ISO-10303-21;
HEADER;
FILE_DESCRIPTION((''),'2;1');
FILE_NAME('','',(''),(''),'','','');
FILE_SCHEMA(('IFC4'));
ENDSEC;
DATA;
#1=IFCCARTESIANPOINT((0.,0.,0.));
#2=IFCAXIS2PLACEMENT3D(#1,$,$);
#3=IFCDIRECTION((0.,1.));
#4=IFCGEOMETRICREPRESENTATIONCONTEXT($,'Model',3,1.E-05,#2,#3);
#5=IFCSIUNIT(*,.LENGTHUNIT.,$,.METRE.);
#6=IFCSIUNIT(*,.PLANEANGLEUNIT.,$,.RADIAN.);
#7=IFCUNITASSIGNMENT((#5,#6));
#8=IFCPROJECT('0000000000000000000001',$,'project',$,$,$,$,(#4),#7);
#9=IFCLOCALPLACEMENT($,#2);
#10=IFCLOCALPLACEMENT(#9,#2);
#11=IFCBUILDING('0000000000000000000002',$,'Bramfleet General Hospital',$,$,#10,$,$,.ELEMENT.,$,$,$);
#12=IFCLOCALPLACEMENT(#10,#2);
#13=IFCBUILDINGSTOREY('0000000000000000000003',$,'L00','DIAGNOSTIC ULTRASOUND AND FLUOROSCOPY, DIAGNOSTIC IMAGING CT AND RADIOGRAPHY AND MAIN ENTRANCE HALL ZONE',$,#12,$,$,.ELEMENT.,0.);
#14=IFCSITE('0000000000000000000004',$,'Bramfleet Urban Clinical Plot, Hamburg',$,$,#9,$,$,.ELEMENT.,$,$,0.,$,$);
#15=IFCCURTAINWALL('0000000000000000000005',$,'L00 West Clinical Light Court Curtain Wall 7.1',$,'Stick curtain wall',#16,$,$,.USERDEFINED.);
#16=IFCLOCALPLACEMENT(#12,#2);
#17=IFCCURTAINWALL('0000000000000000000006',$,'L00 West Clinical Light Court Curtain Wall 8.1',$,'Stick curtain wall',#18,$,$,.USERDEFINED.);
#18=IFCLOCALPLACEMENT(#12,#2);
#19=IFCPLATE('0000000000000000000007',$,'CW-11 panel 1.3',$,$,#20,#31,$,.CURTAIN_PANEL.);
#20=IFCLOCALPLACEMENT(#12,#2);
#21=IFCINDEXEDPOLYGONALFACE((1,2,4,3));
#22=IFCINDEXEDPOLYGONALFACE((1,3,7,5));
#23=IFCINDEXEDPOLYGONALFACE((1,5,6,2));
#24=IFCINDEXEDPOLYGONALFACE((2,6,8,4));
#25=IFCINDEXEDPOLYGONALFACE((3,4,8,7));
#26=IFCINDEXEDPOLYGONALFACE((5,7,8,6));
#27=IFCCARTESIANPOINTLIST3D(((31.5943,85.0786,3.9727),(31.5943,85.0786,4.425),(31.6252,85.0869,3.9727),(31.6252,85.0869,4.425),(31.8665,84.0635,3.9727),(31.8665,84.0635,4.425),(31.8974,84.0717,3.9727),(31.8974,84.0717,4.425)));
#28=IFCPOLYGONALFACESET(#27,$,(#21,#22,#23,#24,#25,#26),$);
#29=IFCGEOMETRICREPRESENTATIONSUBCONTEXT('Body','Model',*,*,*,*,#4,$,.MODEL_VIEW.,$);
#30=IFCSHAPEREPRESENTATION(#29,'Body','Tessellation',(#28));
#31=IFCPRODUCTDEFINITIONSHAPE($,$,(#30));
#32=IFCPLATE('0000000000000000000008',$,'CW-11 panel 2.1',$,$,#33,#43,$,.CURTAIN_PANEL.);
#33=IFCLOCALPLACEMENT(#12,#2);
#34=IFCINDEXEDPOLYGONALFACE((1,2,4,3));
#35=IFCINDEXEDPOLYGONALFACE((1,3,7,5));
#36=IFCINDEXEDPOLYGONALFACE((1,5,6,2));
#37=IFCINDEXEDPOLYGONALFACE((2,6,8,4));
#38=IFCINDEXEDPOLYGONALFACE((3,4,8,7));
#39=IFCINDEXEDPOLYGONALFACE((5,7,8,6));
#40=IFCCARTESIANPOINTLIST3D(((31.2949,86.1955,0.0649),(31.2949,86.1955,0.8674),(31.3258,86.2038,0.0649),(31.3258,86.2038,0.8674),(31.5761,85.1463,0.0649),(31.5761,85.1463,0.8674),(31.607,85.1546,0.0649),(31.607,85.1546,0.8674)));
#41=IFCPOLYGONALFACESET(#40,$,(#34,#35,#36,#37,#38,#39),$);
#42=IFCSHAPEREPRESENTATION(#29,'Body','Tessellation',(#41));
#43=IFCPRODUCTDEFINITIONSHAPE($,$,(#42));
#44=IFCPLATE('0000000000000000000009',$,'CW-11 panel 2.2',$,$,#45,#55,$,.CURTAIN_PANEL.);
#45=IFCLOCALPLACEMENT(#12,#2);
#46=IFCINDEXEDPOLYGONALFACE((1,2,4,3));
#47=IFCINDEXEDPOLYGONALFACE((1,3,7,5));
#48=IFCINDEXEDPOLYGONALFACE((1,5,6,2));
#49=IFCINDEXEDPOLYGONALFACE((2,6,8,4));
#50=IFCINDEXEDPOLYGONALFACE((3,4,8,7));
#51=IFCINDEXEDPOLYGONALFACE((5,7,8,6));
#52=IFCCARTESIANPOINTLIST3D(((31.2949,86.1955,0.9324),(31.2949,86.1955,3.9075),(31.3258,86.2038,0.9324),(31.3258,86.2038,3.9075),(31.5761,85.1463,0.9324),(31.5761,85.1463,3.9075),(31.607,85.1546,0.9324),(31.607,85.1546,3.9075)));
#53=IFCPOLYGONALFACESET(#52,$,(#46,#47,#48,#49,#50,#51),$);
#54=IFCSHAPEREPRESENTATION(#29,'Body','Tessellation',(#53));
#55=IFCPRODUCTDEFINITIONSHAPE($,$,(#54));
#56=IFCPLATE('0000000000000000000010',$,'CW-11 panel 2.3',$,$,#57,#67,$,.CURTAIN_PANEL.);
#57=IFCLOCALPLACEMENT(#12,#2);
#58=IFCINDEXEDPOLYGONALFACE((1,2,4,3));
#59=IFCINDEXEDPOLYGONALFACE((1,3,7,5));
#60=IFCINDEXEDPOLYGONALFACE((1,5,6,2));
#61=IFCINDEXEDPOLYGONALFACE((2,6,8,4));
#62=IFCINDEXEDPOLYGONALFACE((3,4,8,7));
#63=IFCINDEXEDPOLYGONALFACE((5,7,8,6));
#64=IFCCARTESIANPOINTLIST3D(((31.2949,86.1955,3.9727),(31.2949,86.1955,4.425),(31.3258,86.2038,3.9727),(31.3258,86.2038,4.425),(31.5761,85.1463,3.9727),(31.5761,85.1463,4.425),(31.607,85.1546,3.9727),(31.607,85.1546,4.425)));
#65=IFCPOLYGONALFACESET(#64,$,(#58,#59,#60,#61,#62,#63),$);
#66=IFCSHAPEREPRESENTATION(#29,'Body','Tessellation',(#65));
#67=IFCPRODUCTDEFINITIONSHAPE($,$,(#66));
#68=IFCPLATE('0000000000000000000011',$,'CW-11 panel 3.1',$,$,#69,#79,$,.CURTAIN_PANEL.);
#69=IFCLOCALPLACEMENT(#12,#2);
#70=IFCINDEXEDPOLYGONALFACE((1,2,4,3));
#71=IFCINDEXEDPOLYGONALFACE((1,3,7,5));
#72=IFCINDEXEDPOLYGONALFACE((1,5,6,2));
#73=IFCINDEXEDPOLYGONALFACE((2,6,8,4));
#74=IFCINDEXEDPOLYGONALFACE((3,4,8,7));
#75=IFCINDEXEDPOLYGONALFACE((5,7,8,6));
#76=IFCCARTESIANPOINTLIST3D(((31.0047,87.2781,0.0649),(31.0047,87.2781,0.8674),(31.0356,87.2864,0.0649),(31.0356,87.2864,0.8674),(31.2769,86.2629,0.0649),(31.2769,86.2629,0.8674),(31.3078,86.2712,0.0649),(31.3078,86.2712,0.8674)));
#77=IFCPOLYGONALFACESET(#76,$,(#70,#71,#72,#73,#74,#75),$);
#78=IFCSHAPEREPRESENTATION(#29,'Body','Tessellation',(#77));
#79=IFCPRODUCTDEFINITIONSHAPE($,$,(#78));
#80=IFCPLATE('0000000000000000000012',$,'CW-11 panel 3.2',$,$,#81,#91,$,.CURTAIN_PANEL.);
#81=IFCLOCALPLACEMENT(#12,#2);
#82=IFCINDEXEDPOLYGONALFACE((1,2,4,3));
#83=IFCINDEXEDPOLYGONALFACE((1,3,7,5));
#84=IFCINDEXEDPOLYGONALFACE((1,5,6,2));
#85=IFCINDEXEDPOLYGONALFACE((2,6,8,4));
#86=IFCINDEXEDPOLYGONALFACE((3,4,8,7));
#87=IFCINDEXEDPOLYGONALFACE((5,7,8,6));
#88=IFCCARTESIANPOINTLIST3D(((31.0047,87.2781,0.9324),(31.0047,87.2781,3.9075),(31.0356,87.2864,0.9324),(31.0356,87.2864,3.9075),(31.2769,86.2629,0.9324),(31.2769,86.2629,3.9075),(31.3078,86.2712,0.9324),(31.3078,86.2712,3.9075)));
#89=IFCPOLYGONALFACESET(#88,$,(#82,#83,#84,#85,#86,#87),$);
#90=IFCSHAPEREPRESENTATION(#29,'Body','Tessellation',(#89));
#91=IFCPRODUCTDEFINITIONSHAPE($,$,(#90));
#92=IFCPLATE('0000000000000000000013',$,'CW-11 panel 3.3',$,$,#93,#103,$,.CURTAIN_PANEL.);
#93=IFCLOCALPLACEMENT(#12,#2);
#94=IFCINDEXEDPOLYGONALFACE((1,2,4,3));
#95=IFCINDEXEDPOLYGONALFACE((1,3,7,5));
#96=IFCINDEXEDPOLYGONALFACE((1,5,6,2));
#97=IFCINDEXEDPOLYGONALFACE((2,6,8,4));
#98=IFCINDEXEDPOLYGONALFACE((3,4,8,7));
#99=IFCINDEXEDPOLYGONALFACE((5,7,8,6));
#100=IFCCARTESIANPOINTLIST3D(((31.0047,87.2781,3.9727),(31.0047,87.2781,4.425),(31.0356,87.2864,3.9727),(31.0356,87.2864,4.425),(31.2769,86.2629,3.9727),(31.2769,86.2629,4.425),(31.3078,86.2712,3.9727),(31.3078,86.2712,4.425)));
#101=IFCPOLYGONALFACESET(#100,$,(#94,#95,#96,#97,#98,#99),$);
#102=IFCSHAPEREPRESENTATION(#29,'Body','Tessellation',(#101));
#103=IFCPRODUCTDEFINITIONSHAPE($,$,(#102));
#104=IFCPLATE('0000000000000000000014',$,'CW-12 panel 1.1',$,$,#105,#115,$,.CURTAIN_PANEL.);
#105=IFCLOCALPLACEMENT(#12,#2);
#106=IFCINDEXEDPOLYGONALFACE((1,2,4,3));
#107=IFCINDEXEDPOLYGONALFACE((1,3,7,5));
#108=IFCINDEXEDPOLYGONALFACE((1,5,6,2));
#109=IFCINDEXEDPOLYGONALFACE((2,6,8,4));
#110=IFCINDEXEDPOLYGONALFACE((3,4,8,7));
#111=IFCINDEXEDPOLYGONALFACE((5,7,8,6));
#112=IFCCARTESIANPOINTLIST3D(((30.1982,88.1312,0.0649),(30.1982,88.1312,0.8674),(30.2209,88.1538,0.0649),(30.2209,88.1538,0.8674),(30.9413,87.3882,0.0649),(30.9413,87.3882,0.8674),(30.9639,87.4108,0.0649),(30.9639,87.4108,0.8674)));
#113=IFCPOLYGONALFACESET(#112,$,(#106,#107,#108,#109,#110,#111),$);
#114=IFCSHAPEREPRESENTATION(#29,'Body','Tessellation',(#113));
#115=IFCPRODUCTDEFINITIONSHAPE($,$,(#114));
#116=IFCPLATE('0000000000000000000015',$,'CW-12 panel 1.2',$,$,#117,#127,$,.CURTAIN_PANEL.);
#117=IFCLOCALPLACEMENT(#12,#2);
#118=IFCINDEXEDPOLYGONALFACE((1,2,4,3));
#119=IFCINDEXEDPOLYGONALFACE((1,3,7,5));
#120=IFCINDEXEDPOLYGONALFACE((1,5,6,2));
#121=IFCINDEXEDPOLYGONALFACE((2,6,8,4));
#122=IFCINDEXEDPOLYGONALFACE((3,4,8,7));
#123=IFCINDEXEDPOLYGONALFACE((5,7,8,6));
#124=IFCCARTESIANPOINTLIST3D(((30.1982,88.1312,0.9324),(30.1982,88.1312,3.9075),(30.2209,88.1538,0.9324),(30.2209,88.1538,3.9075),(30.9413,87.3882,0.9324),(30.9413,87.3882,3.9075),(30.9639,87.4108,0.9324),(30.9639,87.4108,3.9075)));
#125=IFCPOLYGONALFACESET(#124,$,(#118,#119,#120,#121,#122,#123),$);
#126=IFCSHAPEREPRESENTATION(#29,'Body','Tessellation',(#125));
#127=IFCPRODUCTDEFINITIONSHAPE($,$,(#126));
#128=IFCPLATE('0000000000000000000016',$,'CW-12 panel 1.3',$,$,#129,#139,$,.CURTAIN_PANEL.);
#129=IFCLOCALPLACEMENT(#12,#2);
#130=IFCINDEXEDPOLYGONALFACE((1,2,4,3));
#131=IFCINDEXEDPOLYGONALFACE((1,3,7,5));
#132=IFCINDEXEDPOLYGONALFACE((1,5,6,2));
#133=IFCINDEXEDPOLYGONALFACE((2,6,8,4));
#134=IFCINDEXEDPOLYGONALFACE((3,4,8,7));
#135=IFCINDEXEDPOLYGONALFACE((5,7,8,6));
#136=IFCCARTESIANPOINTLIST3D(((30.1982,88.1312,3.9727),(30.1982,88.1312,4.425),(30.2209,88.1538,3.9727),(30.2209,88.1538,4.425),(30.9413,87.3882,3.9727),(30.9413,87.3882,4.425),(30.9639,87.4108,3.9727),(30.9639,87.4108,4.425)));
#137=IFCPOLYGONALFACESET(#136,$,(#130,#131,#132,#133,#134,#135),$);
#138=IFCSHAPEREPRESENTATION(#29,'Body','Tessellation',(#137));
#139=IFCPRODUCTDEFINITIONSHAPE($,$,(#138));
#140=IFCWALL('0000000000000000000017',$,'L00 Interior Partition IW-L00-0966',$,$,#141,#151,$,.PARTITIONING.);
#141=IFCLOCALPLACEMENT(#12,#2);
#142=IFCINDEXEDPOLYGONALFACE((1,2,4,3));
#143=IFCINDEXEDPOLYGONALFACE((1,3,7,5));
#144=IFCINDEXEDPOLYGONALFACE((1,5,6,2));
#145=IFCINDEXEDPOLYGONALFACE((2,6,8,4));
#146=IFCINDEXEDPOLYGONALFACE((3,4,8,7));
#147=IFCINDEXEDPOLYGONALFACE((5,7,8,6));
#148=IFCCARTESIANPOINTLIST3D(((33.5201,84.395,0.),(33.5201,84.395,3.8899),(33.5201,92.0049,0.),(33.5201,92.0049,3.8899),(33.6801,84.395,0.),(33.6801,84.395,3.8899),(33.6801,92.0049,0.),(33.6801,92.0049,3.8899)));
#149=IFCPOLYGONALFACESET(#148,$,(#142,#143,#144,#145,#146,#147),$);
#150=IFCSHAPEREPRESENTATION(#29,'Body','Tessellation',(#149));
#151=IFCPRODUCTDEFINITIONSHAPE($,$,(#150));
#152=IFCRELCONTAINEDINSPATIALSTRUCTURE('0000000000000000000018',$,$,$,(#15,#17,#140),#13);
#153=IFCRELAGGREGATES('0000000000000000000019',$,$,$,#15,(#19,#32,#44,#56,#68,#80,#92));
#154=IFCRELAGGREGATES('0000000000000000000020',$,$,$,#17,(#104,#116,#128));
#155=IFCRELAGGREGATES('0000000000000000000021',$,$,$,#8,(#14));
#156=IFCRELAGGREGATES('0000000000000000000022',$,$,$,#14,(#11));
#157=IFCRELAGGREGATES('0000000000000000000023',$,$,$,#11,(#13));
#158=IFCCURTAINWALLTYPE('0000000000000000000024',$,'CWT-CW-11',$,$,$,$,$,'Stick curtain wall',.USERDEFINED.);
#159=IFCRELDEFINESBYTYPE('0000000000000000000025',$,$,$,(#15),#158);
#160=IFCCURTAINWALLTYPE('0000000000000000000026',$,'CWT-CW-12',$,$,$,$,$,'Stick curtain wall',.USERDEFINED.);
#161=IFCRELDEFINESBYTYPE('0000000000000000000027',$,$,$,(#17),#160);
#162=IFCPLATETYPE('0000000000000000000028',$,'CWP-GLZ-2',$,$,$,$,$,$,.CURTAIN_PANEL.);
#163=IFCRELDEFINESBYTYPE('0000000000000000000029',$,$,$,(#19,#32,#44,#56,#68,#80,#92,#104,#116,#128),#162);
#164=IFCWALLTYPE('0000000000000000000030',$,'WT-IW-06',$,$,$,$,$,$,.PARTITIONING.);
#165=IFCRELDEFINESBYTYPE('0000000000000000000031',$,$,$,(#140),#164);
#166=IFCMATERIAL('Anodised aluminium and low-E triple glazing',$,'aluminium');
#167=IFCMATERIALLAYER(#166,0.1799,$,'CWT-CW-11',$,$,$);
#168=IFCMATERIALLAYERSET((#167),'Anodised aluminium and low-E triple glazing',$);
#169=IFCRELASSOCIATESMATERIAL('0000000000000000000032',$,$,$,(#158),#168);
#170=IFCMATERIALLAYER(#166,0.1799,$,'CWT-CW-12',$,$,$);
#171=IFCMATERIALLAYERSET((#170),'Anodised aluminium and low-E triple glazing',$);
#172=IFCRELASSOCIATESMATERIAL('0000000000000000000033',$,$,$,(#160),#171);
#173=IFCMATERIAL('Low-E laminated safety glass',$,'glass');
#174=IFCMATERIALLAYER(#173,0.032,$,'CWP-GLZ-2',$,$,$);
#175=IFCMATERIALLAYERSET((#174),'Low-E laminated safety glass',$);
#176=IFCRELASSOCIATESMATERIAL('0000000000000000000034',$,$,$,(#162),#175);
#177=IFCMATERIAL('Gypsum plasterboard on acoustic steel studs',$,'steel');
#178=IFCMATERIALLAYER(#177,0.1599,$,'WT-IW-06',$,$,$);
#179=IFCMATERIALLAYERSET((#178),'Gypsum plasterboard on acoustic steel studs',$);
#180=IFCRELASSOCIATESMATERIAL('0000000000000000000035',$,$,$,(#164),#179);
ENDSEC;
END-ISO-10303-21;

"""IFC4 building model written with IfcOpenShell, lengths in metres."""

from ifc_helpers import new_model, si_unit, direction, frame, frame_2d, origin, origin_2d, place, context, subcontext, project, spatial, rectangle, extrude, material, layer, layer_set, type_object, element, aggregate, save


model = new_model("IFC4")

# Units and contexts
model_context = context("Model", 3, precision=1e-05, world=origin(), true_north=direction((0.0, 1.0)))
body_context = subcontext(model_context, "Body", "Model", "MODEL_VIEW")
ifc_project = project(units=[si_unit("LENGTHUNIT", "METRE"), si_unit("PLANEANGLEUNIT", "RADIAN")], contexts=[model_context])

# Site, building, storey
site_placement = place(None, origin())
site = spatial("IfcSite", under=ifc_project, at=site_placement, Name="Bramfleet Urban Clinical Plot, Hamburg", CompositionType="ELEMENT", RefElevation=0.0)
building_placement = place(site_placement, origin())
building = spatial("IfcBuilding", under=site, at=building_placement, Name="Bramfleet General Hospital", CompositionType="ELEMENT")
storey_placement = place(building_placement, origin())
storey = spatial("IfcBuildingStorey", under=building, at=storey_placement, Name="L00", Description="DIAGNOSTIC ULTRASOUND AND FLUOROSCOPY, DIAGNOSTIC IMAGING CT AND RADIOGRAPHY AND MAIN ENTRANCE HALL ZONE", CompositionType="ELEMENT", Elevation=0.0)

# Curtain wall
ifc_material_1 = material(Name="Anodised aluminium and low-E triple glazing", Category="aluminium")
ifc_layer_1 = layer(ifc_material_1, 0.1799, Name="CWT-CW-11")
ifc_layer_set_1 = layer_set([ifc_layer_1], Name="Anodised aluminium and low-E triple glazing")
curtain_wall_type_1 = type_object("IfcCurtainWallType", Name="CWT-CW-11", ElementType="Stick curtain wall", PredefinedType="USERDEFINED", material=ifc_layer_set_1)
curtain_wall_1_placement = place(storey_placement, origin())
curtain_wall_1 = element("IfcCurtainWall", 1, at=curtain_wall_1_placement, inside=storey, type_object=curtain_wall_type_1, Name="L00 West Clinical Light Court Curtain Wall 7.1", ObjectType="Stick curtain wall", PredefinedType="USERDEFINED")

# Curtain wall
ifc_layer_2 = layer(ifc_material_1, 0.1799, Name="CWT-CW-12")
ifc_layer_set_2 = layer_set([ifc_layer_2], Name="Anodised aluminium and low-E triple glazing")
curtain_wall_type_2 = type_object("IfcCurtainWallType", Name="CWT-CW-12", ElementType="Stick curtain wall", PredefinedType="USERDEFINED", material=ifc_layer_set_2)
curtain_wall_2_placement = place(storey_placement, origin())
curtain_wall_2 = element("IfcCurtainWall", 2, at=curtain_wall_2_placement, inside=storey, type_object=curtain_wall_type_2, Name="L00 West Clinical Light Court Curtain Wall 8.1", ObjectType="Stick curtain wall", PredefinedType="USERDEFINED")

# Plates
ifc_material_2 = material(Name="Low-E laminated safety glass", Category="glass")
ifc_layer_3 = layer(ifc_material_2, 0.032, Name="CWP-GLZ-2")
ifc_layer_set_3 = layer_set([ifc_layer_3], Name="Low-E laminated safety glass")
plate_type = type_object("IfcPlateType", Name="CWP-GLZ-2", PredefinedType="CURTAIN_PANEL", material=ifc_layer_set_3)
plate_1_placement = place(storey_placement, frame((31.7458, 84.5752, 3.9727), z_axis=(0.0, 0.0, 1.0), x_axis=(-0.258919, 0.965899, 0.0)))
plate_1 = element("IfcPlate", 3, at=plate_1_placement, type_object=plate_type, Name="CW-11 panel 1.3", PredefinedType="CURTAIN_PANEL", context=body_context, shape_type="SweptSolid", body=[
    extrude(rectangle(XDim=1.051, YDim=0.032, at=origin_2d()), origin(), (0.0, 0.0, 1.0), 0.4524),
])
plate_2_placement = place(storey_placement, frame((31.4509, 85.675, 0.0649), z_axis=(0.0, 0.0, 1.0), x_axis=(-0.258919, 0.965899, 0.0)))
plate_2 = element("IfcPlate", 4, at=plate_2_placement, type_object=plate_type, Name="CW-11 panel 2.1", PredefinedType="CURTAIN_PANEL", context=body_context, shape_type="SweptSolid", body=[
    extrude(rectangle(XDim=1.0862, YDim=0.032, at=origin_2d()), origin(), (0.0, 0.0, 1.0), 0.8025),
])
plate_3_placement = place(storey_placement, frame((31.4509, 85.675, 0.9324), z_axis=(0.0, 0.0, 1.0), x_axis=(-0.258919, 0.965899, 0.0)))
plate_3 = element("IfcPlate", 5, at=plate_3_placement, type_object=plate_type, Name="CW-11 panel 2.2", PredefinedType="CURTAIN_PANEL", context=body_context, shape_type="SweptSolid", body=[
    extrude(rectangle(XDim=1.0862, YDim=0.032, at=origin_2d()), origin(), (0.0, 0.0, 1.0), 2.9751),
])
plate_4_placement = place(storey_placement, frame((31.4509, 85.675, 3.9727), z_axis=(0.0, 0.0, 1.0), x_axis=(-0.258919, 0.965899, 0.0)))
plate_4 = element("IfcPlate", 6, at=plate_4_placement, type_object=plate_type, Name="CW-11 panel 2.3", PredefinedType="CURTAIN_PANEL", context=body_context, shape_type="SweptSolid", body=[
    extrude(rectangle(XDim=1.0862, YDim=0.032, at=origin_2d()), origin(), (0.0, 0.0, 1.0), 0.4524),
])
plate_5_placement = place(storey_placement, frame((31.1562, 86.7747, 0.0649), z_axis=(0.0, 0.0, 1.0), x_axis=(-0.258919, 0.965899, 0.0)))
plate_5 = element("IfcPlate", 7, at=plate_5_placement, type_object=plate_type, Name="CW-11 panel 3.1", PredefinedType="CURTAIN_PANEL", context=body_context, shape_type="SweptSolid", body=[
    extrude(rectangle(XDim=1.051, YDim=0.032, at=origin_2d()), origin(), (0.0, 0.0, 1.0), 0.8025),
])
plate_6_placement = place(storey_placement, frame((31.1562, 86.7747, 0.9324), z_axis=(0.0, 0.0, 1.0), x_axis=(-0.258919, 0.965899, 0.0)))
plate_6 = element("IfcPlate", 8, at=plate_6_placement, type_object=plate_type, Name="CW-11 panel 3.2", PredefinedType="CURTAIN_PANEL", context=body_context, shape_type="SweptSolid", body=[
    extrude(rectangle(XDim=1.051, YDim=0.032, at=origin_2d()), origin(), (0.0, 0.0, 1.0), 2.9751),
])
plate_7_placement = place(storey_placement, frame((31.1562, 86.7747, 3.9727), z_axis=(0.0, 0.0, 1.0), x_axis=(-0.258919, 0.965899, 0.0)))
plate_7 = element("IfcPlate", 9, at=plate_7_placement, type_object=plate_type, Name="CW-11 panel 3.3", PredefinedType="CURTAIN_PANEL", context=body_context, shape_type="SweptSolid", body=[
    extrude(rectangle(XDim=1.051, YDim=0.032, at=origin_2d()), origin(), (0.0, 0.0, 1.0), 0.4524),
])
aggregate(curtain_wall_1, [plate_1, plate_2, plate_3, plate_4, plate_5, plate_6, plate_7])
plate_8_placement = place(storey_placement, frame((30.5811, 87.771, 0.0649), z_axis=(0.0, 0.0, 1.0), x_axis=(-0.707107, 0.707107, 0.0)))
plate_8 = element("IfcPlate", 10, at=plate_8_placement, type_object=plate_type, Name="CW-12 panel 1.1", PredefinedType="CURTAIN_PANEL", context=body_context, shape_type="SweptSolid", body=[
    extrude(rectangle(XDim=1.0508, YDim=0.032, at=origin_2d()), origin(), (0.0, 0.0, 1.0), 0.8025),
])
plate_9_placement = place(storey_placement, frame((30.5811, 87.771, 0.9324), z_axis=(0.0, 0.0, 1.0), x_axis=(-0.707107, 0.707107, 0.0)))
plate_9 = element("IfcPlate", 11, at=plate_9_placement, type_object=plate_type, Name="CW-12 panel 1.2", PredefinedType="CURTAIN_PANEL", context=body_context, shape_type="SweptSolid", body=[
    extrude(rectangle(XDim=1.0508, YDim=0.032, at=origin_2d()), origin(), (0.0, 0.0, 1.0), 2.9751),
])
plate_10_placement = place(storey_placement, frame((30.5811, 87.771, 3.9727), z_axis=(0.0, 0.0, 1.0), x_axis=(-0.707107, 0.707107, 0.0)))
plate_10 = element("IfcPlate", 12, at=plate_10_placement, type_object=plate_type, Name="CW-12 panel 1.3", PredefinedType="CURTAIN_PANEL", context=body_context, shape_type="SweptSolid", body=[
    extrude(rectangle(XDim=1.0508, YDim=0.032, at=origin_2d()), origin(), (0.0, 0.0, 1.0), 0.4524),
])
aggregate(curtain_wall_2, [plate_8, plate_9, plate_10])

# Wall
ifc_material_3 = material(Name="Gypsum plasterboard on acoustic steel studs", Category="steel")
ifc_layer_4 = layer(ifc_material_3, 0.1599, Name="WT-IW-06")
ifc_layer_set_4 = layer_set([ifc_layer_4], Name="Gypsum plasterboard on acoustic steel studs")
wall_type = type_object("IfcWallType", Name="WT-IW-06", PredefinedType="PARTITIONING", material=ifc_layer_set_4)
wall_placement = place(storey_placement, frame((33.6001, 84.395, 0.0), z_axis=(0.0, 0.0, 1.0), x_axis=(0.0, 1.0, 0.0)))
element("IfcWall", 13, at=wall_placement, inside=storey, type_object=wall_type, Name="L00 Interior Partition IW-L00-0966", PredefinedType="PARTITIONING", context=body_context, shape_type="SweptSolid", body=[
    extrude(rectangle(XDim=7.6099, YDim=0.1599, at=frame_2d((3.8049, 0.0))), origin(), (0.0, 0.0, 1.0), 3.8899),
])

save(model, "model.ifc")
